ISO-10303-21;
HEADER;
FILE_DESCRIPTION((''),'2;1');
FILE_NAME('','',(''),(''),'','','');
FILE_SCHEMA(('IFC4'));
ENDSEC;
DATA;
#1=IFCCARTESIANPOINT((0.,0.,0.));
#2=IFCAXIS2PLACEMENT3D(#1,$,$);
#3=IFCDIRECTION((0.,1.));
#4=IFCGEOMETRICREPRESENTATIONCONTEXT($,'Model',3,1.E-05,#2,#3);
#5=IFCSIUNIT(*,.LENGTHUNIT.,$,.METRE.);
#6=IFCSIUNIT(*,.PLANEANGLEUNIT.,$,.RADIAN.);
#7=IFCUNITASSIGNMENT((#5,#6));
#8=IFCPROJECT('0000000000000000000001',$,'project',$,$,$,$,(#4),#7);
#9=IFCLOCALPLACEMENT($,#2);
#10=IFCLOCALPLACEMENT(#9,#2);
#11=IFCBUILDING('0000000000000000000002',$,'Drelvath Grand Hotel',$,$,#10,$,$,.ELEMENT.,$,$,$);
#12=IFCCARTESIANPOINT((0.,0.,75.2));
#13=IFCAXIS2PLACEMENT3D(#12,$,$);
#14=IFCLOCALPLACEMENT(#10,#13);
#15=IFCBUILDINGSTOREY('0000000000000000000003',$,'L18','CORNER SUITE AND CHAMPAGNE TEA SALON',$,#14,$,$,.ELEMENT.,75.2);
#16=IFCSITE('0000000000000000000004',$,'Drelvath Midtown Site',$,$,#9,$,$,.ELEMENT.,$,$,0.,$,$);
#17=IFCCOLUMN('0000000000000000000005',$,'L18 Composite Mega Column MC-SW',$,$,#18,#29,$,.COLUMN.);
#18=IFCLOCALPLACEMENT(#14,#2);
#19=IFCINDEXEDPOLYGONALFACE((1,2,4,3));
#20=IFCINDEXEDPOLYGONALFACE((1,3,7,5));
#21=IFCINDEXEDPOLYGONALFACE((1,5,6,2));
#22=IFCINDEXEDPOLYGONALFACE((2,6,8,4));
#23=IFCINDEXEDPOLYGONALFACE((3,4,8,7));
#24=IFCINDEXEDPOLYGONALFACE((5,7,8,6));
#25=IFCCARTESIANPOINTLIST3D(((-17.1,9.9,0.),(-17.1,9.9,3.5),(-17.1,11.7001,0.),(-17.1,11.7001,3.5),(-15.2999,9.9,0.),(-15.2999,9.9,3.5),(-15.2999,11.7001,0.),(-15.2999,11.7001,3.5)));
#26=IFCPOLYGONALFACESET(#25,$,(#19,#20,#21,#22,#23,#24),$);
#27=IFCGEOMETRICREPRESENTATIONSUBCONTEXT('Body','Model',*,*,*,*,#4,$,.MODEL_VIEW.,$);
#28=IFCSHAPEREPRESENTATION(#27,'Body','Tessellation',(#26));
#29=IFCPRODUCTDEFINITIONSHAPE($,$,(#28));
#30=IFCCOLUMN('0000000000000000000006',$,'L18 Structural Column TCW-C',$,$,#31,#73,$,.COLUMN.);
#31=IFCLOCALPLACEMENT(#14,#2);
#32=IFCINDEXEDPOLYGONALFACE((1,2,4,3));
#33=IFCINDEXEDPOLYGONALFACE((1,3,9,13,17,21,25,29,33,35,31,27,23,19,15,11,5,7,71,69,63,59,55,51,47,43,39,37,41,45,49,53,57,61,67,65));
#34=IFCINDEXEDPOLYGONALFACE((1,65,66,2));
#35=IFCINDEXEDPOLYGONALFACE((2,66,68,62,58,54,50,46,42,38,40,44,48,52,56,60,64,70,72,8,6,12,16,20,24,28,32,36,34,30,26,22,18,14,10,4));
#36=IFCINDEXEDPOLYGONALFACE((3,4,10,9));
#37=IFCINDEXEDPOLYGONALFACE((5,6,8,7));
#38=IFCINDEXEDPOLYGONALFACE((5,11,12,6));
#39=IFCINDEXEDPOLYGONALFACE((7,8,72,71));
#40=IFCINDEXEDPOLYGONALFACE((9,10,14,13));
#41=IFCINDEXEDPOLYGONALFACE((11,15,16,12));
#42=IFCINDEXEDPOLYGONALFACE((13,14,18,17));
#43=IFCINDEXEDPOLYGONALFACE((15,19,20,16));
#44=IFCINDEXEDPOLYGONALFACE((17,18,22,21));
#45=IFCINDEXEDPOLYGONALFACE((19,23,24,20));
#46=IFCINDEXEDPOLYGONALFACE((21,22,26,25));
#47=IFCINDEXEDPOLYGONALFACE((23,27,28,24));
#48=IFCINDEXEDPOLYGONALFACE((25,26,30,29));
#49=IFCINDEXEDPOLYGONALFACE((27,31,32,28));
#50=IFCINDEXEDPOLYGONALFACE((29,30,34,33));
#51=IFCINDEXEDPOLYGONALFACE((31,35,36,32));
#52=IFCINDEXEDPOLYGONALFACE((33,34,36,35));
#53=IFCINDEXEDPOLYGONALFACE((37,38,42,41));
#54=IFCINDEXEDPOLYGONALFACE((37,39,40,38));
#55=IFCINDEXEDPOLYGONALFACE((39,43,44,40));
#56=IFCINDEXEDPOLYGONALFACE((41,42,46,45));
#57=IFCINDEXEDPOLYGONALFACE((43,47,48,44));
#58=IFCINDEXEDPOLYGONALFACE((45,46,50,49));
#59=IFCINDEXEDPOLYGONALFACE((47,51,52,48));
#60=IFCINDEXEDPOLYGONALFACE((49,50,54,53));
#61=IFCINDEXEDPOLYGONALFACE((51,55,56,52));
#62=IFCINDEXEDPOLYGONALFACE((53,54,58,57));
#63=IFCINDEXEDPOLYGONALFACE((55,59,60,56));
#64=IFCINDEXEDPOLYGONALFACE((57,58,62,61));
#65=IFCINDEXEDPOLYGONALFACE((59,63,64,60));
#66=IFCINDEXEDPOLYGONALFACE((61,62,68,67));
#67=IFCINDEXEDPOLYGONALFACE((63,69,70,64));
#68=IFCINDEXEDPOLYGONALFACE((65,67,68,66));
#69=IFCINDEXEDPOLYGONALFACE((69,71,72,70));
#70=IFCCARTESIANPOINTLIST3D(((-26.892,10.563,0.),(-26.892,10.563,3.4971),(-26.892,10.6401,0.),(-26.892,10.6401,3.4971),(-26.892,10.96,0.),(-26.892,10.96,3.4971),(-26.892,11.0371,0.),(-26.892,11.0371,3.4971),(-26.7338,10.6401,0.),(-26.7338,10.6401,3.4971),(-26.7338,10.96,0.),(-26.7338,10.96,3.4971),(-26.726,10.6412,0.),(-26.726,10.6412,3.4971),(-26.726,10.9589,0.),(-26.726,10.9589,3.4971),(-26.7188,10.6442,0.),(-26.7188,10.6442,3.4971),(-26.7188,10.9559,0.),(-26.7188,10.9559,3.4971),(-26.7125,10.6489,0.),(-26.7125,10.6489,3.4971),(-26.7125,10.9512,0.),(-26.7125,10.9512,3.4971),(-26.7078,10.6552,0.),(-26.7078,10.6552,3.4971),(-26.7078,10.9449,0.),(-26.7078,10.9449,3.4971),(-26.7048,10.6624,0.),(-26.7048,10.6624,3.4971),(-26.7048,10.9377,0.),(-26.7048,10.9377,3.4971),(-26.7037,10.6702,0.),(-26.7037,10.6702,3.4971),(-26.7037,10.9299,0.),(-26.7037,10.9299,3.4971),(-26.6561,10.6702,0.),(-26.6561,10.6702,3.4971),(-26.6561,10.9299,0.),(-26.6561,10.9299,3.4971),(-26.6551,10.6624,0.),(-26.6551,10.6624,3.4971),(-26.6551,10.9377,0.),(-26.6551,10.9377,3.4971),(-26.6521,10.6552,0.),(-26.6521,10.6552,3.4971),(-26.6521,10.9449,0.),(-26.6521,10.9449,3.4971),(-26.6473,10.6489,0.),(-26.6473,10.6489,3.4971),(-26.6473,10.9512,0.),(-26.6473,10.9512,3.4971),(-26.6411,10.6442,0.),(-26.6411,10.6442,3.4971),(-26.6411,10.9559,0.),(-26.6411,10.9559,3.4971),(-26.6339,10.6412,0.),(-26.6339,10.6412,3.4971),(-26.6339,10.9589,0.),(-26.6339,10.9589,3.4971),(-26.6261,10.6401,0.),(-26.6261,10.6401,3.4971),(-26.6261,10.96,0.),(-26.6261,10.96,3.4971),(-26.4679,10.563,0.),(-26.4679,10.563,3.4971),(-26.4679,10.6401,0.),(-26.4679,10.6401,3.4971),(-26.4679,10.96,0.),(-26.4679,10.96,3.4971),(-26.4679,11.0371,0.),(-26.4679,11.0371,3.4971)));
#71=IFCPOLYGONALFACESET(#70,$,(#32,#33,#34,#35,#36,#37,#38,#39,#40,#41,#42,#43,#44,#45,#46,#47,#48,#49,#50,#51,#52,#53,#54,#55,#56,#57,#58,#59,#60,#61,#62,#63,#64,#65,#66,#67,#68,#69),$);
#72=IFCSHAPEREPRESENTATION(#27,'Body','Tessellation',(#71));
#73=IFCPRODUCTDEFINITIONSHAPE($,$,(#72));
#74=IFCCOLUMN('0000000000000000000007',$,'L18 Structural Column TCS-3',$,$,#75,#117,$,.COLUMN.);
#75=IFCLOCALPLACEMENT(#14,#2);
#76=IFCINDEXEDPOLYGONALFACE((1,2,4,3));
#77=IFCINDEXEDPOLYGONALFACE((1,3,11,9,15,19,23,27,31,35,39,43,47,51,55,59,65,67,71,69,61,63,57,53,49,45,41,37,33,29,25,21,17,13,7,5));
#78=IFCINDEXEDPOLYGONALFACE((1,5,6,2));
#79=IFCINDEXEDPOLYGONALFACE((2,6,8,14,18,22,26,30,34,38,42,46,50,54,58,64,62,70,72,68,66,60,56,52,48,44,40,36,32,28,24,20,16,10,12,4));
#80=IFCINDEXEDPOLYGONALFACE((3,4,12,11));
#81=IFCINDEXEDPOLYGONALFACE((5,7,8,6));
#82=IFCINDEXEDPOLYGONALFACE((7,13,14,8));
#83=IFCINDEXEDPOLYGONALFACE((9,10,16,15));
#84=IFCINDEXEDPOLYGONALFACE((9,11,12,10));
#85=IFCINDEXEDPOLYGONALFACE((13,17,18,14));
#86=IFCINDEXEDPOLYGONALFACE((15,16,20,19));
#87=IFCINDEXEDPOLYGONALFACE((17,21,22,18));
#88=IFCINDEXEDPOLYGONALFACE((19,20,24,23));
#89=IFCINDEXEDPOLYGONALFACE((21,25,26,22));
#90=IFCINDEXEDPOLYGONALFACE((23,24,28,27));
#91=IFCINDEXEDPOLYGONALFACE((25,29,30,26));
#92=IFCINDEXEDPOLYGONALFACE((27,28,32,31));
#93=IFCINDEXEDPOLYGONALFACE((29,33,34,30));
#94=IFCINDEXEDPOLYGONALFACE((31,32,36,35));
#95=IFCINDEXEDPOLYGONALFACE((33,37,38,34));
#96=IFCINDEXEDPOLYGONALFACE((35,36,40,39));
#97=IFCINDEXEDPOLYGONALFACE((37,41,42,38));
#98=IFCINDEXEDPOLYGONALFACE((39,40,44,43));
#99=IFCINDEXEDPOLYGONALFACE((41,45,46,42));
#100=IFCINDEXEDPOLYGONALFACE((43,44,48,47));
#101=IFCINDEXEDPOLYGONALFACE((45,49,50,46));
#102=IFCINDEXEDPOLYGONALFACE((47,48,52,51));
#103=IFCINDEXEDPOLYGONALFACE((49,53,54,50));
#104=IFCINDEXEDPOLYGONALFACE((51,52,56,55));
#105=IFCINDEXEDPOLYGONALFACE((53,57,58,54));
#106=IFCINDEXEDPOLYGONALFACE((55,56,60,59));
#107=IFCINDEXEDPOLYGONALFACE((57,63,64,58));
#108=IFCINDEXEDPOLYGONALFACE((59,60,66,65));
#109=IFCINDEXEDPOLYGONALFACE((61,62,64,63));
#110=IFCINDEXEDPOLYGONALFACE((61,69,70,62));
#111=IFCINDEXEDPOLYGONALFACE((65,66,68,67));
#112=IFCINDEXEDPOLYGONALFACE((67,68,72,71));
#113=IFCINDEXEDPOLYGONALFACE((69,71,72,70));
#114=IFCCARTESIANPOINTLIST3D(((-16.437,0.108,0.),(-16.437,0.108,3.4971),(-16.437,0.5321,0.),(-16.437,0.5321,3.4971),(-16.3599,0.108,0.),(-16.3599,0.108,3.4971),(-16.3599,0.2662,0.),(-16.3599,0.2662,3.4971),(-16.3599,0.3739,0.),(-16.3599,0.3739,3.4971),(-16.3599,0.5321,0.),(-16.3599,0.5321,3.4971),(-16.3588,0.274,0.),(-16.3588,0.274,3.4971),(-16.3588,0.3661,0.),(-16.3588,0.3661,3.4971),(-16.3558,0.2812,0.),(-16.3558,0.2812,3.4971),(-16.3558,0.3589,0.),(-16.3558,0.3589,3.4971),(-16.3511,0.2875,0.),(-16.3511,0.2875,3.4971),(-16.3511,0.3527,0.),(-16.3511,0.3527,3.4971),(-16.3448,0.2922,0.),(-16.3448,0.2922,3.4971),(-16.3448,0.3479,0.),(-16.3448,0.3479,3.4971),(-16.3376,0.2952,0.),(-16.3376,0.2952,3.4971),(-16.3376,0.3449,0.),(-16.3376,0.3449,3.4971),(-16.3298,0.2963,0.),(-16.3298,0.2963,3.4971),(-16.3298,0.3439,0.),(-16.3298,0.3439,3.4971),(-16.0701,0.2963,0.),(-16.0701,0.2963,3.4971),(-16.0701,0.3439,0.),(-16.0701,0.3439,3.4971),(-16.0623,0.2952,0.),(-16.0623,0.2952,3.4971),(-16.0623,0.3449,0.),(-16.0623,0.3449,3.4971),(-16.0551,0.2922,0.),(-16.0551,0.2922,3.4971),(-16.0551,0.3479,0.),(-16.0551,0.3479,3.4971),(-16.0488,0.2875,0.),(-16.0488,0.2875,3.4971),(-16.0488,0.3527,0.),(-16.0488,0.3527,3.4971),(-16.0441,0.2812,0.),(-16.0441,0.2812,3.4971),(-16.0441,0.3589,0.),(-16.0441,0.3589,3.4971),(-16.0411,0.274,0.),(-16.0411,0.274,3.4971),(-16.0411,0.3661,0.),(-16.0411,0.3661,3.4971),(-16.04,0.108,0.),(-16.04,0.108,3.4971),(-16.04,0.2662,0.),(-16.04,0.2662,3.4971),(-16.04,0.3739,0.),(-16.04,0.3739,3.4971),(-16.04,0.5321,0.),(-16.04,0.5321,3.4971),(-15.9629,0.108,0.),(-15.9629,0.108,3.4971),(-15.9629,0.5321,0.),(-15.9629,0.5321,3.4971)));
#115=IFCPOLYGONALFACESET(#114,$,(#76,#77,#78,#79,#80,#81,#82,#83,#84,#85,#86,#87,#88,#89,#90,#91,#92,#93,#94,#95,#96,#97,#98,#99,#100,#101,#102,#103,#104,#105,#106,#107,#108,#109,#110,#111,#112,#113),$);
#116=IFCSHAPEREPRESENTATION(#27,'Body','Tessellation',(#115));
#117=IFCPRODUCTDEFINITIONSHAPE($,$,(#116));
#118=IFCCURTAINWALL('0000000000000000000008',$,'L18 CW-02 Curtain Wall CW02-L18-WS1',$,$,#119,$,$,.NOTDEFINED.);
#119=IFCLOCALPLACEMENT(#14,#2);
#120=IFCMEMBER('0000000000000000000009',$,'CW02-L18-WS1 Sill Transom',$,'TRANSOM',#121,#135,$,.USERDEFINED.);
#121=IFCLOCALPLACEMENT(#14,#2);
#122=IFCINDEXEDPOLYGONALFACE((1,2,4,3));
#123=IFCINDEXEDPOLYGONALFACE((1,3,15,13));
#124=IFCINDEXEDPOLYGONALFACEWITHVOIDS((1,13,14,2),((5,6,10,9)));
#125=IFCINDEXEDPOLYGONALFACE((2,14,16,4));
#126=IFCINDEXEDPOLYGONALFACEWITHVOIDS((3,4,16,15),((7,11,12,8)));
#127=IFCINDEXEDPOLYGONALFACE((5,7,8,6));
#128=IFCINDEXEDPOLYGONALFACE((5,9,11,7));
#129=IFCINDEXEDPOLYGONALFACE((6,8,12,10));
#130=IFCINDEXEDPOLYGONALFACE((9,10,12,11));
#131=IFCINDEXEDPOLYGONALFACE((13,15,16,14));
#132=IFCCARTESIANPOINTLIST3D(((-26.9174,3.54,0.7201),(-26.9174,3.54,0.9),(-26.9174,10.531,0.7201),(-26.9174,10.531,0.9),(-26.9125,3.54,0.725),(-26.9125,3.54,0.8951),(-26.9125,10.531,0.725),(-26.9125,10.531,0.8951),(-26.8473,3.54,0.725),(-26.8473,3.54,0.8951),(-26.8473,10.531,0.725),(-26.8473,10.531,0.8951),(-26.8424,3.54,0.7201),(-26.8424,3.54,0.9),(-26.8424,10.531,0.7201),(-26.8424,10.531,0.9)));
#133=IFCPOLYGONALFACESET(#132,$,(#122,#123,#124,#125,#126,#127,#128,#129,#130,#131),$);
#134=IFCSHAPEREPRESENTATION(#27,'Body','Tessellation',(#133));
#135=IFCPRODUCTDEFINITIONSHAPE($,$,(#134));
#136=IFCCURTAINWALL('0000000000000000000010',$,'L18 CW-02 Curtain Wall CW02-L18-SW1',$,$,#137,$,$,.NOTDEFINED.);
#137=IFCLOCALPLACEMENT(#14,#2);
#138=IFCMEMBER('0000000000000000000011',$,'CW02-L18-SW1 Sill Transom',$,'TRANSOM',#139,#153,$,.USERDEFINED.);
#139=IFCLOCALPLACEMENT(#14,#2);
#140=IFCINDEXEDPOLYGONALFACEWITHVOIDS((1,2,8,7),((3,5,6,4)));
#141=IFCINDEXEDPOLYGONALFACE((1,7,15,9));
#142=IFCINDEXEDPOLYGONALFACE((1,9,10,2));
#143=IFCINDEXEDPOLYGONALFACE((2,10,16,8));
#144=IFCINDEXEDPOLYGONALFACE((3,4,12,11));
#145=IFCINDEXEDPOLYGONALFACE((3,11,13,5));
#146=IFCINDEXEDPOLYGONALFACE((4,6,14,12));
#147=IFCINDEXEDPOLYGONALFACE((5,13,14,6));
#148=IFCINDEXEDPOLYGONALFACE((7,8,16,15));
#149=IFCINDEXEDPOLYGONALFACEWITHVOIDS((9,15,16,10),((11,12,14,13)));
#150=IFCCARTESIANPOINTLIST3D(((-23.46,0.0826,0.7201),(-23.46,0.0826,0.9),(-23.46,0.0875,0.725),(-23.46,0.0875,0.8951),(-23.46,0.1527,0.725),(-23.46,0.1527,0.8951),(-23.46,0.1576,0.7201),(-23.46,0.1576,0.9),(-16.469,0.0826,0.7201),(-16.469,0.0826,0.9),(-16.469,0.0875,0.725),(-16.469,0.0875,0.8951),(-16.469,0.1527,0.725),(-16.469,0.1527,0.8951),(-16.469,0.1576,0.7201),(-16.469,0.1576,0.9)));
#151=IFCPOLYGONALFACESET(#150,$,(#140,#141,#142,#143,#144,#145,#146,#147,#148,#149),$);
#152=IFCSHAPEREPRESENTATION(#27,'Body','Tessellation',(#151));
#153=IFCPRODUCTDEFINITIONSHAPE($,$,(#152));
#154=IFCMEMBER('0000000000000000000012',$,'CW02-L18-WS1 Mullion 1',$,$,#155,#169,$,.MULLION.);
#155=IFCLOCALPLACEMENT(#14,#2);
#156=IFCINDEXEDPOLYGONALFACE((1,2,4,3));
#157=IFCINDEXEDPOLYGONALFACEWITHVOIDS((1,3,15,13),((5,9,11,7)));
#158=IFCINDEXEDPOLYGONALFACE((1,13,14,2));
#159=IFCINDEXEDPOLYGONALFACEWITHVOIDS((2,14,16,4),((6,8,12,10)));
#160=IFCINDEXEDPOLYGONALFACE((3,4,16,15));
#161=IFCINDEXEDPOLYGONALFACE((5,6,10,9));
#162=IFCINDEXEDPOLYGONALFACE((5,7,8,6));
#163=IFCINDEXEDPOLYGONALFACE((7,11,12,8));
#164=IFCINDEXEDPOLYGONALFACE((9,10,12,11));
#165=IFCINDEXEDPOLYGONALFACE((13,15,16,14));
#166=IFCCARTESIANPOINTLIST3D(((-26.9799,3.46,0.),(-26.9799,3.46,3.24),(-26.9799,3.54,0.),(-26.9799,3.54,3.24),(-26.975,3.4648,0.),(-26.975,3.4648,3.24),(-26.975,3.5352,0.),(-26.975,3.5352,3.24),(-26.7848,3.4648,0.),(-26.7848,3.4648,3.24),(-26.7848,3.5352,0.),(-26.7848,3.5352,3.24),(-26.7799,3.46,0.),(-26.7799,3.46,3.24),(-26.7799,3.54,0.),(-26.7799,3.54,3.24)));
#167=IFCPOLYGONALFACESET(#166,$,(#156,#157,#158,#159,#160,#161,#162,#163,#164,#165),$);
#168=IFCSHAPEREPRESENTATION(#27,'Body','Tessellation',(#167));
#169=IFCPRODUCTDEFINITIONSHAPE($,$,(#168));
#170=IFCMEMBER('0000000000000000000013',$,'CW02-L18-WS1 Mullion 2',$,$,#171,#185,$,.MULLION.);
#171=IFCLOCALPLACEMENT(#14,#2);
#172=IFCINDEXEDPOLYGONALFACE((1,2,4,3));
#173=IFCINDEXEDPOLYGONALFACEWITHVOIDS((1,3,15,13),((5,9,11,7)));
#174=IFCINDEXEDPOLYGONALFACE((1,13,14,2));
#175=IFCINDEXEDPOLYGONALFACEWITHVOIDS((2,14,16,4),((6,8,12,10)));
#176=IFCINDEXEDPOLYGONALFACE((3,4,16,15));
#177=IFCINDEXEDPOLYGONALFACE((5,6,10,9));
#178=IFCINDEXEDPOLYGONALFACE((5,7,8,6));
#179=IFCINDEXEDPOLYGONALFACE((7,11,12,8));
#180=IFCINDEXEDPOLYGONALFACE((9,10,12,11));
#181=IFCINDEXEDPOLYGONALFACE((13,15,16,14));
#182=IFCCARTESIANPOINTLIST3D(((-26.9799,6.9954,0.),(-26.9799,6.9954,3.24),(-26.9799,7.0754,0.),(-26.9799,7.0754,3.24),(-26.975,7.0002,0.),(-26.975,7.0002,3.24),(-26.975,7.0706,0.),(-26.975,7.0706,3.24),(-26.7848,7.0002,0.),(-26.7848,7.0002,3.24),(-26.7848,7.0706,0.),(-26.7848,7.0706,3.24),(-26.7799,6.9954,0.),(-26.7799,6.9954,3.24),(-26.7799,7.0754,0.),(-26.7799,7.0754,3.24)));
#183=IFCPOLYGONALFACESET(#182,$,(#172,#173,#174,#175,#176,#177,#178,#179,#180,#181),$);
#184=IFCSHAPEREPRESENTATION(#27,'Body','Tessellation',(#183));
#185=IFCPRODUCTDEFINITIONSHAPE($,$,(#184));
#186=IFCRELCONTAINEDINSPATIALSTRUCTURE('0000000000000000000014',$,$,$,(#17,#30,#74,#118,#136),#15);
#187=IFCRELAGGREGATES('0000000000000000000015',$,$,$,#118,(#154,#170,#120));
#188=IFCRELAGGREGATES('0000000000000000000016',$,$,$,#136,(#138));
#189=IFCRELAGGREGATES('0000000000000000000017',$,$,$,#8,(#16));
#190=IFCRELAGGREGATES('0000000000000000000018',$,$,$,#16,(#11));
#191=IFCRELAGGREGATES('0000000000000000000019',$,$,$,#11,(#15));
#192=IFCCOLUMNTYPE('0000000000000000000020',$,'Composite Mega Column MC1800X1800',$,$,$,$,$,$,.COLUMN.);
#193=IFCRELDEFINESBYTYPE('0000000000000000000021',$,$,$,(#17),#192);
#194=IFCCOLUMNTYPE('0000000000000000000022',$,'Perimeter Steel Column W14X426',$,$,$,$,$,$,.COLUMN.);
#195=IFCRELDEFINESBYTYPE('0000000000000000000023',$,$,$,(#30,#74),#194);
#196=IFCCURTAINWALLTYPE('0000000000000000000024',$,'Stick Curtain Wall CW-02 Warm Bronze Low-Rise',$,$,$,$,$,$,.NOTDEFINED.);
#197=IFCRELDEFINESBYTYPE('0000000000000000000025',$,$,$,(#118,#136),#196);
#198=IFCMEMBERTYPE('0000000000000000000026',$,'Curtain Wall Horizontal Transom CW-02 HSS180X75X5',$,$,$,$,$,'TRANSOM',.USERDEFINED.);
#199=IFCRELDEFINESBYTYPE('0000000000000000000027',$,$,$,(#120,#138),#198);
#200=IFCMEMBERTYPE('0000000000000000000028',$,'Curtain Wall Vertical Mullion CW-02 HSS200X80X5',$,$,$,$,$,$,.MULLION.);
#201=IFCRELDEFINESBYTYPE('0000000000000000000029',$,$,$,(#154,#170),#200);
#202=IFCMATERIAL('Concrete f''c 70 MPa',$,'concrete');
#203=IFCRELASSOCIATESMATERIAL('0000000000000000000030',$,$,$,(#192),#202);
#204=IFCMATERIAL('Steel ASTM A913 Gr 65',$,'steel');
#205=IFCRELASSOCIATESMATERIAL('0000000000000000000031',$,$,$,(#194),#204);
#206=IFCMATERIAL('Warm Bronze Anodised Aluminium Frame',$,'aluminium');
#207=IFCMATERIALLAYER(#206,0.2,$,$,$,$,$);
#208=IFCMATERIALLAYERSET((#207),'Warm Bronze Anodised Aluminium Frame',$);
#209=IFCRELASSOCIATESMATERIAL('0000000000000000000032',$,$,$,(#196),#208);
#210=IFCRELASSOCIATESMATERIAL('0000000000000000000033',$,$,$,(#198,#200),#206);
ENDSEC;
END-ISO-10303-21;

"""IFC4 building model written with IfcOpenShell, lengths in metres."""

from ifc_helpers import new_model, si_unit, direction, frame, origin, origin_2d, place, context, subcontext, project, spatial, rectangle, hollow_rectangle, i_section, extrude, material, layer, layer_set, material_profile, profile_set, type_object, element, aggregate, save


model = new_model("IFC4")

# Units and contexts
model_context = context("Model", 3, precision=1e-05, world=origin(), true_north=direction((0.0, 1.0)))
body_context = subcontext(model_context, "Body", "Model", "MODEL_VIEW")
ifc_project = project(units=[si_unit("LENGTHUNIT", "METRE"), si_unit("PLANEANGLEUNIT", "RADIAN")], contexts=[model_context])

# Site, building, storey
site_placement = place(None, origin())
site = spatial("IfcSite", under=ifc_project, at=site_placement, Name="Drelvath Midtown Site", CompositionType="ELEMENT", RefElevation=0.0)
building_placement = place(site_placement, origin())
building = spatial("IfcBuilding", under=site, at=building_placement, Name="Drelvath Grand Hotel", CompositionType="ELEMENT")
storey_placement = place(building_placement, frame((0.0, 0.0, 75.2)))
storey = spatial("IfcBuildingStorey", under=building, at=storey_placement, Name="L18", Description="CORNER SUITE AND CHAMPAGNE TEA SALON", CompositionType="ELEMENT", Elevation=75.2)

# Columns
ifc_material_1 = material(Name="Concrete f'c 70 MPa", Category="concrete")
ifc_material_profile_1 = material_profile(ifc_material_1, rectangle(XDim=1.8, YDim=1.8, at=origin_2d()), Name="MC1800X1800")
ifc_profile_set_1 = profile_set([ifc_material_profile_1], Name="Concrete f'c 70 MPa")
column_type_1 = type_object("IfcColumnType", Name="Composite Mega Column MC1800X1800", PredefinedType="COLUMN", material=ifc_profile_set_1)
column_placement = place(storey_placement, frame((-16.2, 10.8, 0.0), z_axis=(0.0, 0.0, 1.0), x_axis=(1.0, 0.0, 0.0)))
element("IfcColumn", 1, at=column_placement, inside=storey, type_object=column_type_1, Name="L18 Composite Mega Column MC-SW", PredefinedType="COLUMN", context=body_context, shape_type="SweptSolid", body=[
    extrude(rectangle(XDim=1.8, YDim=1.8, at=origin_2d()), origin(), (0.0, 0.0, 1.0), 3.5),
])
ifc_material_2 = material(Name="Steel ASTM A913 Gr 65", Category="steel")
ifc_material_profile_2 = material_profile(ifc_material_2, i_section(OverallWidth=0.4241, OverallDepth=0.4741, WebThickness=0.0476, FlangeThickness=0.0771, FilletRadius=0.03, at=origin_2d()), Name="W14X426")
ifc_profile_set_2 = profile_set([ifc_material_profile_2], Name="Steel ASTM A913 Gr 65")
column_type_2 = type_object("IfcColumnType", Name="Perimeter Steel Column W14X426", PredefinedType="COLUMN", material=ifc_profile_set_2)
for number, where, z_axis, x_axis, name in (
    (2, (-26.6799, 10.8, 0.0), (0.0, 0.0, 1.0), (1.0, 0.0, 0.0), "L18 Structural Column TCW-C"),
    (3, (-16.2, 0.3201, 0.0), (0.0, 0.0, 1.0), (0.0, 1.0, 0.0), "L18 Structural Column TCS-3"),
):
    element("IfcColumn", number, at=place(storey_placement, frame(where, z_axis=z_axis, x_axis=x_axis)), inside=storey, type_object=column_type_2, Name=name, PredefinedType="COLUMN", context=body_context, shape_type="SweptSolid", body=[
        extrude(i_section(OverallWidth=0.4241, OverallDepth=0.4741, WebThickness=0.0476, FlangeThickness=0.0771, FilletRadius=0.03, at=origin_2d()), origin(), (0.0, 0.0, 1.0), 3.4971),
    ])

# Curtain walls, members
ifc_material_3 = material(Name="Warm Bronze Anodised Aluminium Frame", Category="aluminium")
ifc_layer_1 = layer(ifc_material_3, 0.2)
ifc_layer_set_1 = layer_set([ifc_layer_1], Name="Warm Bronze Anodised Aluminium Frame")
curtain_wall_type = type_object("IfcCurtainWallType", Name="Stick Curtain Wall CW-02 Warm Bronze Low-Rise", PredefinedType="NOTDEFINED", material=ifc_layer_set_1)
curtain_wall_1_placement = place(storey_placement, origin())
curtain_wall_1 = element("IfcCurtainWall", 4, at=curtain_wall_1_placement, inside=storey, type_object=curtain_wall_type, Name="L18 CW-02 Curtain Wall CW02-L18-WS1", PredefinedType="NOTDEFINED")
ifc_material_profile_3 = material_profile(ifc_material_3, hollow_rectangle(XDim=0.075, YDim=0.1799, WallThickness=0.0049, at=origin_2d()), Name="HSS180X75X5")
ifc_profile_set_3 = profile_set([ifc_material_profile_3], Name="Warm Bronze Anodised Aluminium Frame")
member_type_1 = type_object("IfcMemberType", Name="Curtain Wall Horizontal Transom CW-02 HSS180X75X5", ElementType="TRANSOM", PredefinedType="USERDEFINED", material=ifc_profile_set_3)
member_1_placement = place(storey_placement, frame((-26.8799, 3.54, 0.8101), z_axis=(0.0, 1.0, 0.0), x_axis=(-1.0, 0.0, 0.0)))
member_1 = element("IfcMember", 5, at=member_1_placement, type_object=member_type_1, Name="CW02-L18-WS1 Sill Transom", ObjectType="TRANSOM", PredefinedType="USERDEFINED", context=body_context, shape_type="SweptSolid", body=[
    extrude(hollow_rectangle(XDim=0.075, YDim=0.1799, WallThickness=0.0049, at=origin_2d()), origin(), (0.0, 0.0, 1.0), 6.991),
])
curtain_wall_2_placement = place(storey_placement, origin())
curtain_wall_2 = element("IfcCurtainWall", 6, at=curtain_wall_2_placement, inside=storey, type_object=curtain_wall_type, Name="L18 CW-02 Curtain Wall CW02-L18-SW1", PredefinedType="NOTDEFINED")
member_2_placement = place(storey_placement, frame((-16.469, 0.1201, 0.8101), z_axis=(-1.0, 0.0, 0.0), x_axis=(0.0, -1.0, 0.0)))
member_2 = element("IfcMember", 7, at=member_2_placement, type_object=member_type_1, Name="CW02-L18-SW1 Sill Transom", ObjectType="TRANSOM", PredefinedType="USERDEFINED", context=body_context, shape_type="SweptSolid", body=[
    extrude(hollow_rectangle(XDim=0.075, YDim=0.1799, WallThickness=0.0049, at=origin_2d()), origin(), (0.0, 0.0, 1.0), 6.991),
])

# Members
ifc_material_profile_4 = material_profile(ifc_material_3, hollow_rectangle(XDim=0.0801, YDim=0.2, WallThickness=0.0049, at=origin_2d()), Name="HSS200X80X5")
ifc_profile_set_4 = profile_set([ifc_material_profile_4], Name="Warm Bronze Anodised Aluminium Frame")
member_type_2 = type_object("IfcMemberType", Name="Curtain Wall Vertical Mullion CW-02 HSS200X80X5", PredefinedType="MULLION", material=ifc_profile_set_4)
member_3_placement = place(storey_placement, frame((-26.8799, 3.5, 0.0), z_axis=(0.0, 0.0, 1.0), x_axis=(0.0, 1.0, 0.0)))
member_3 = element("IfcMember", 8, at=member_3_placement, type_object=member_type_2, Name="CW02-L18-WS1 Mullion 1", PredefinedType="MULLION", context=body_context, shape_type="SweptSolid", body=[
    extrude(hollow_rectangle(XDim=0.0801, YDim=0.2, WallThickness=0.0049, at=origin_2d()), origin(), (0.0, 0.0, 1.0), 3.24),
])
member_4_placement = place(storey_placement, frame((-26.8799, 7.0354, 0.0), z_axis=(0.0, 0.0, 1.0), x_axis=(0.0, 1.0, 0.0)))
member_4 = element("IfcMember", 9, at=member_4_placement, type_object=member_type_2, Name="CW02-L18-WS1 Mullion 2", PredefinedType="MULLION", context=body_context, shape_type="SweptSolid", body=[
    extrude(hollow_rectangle(XDim=0.0801, YDim=0.2, WallThickness=0.0049, at=origin_2d()), origin(), (0.0, 0.0, 1.0), 3.24),
])

aggregate(curtain_wall_1, [member_3, member_4, member_1])
aggregate(curtain_wall_2, [member_2])

save(model, "model.ifc")
